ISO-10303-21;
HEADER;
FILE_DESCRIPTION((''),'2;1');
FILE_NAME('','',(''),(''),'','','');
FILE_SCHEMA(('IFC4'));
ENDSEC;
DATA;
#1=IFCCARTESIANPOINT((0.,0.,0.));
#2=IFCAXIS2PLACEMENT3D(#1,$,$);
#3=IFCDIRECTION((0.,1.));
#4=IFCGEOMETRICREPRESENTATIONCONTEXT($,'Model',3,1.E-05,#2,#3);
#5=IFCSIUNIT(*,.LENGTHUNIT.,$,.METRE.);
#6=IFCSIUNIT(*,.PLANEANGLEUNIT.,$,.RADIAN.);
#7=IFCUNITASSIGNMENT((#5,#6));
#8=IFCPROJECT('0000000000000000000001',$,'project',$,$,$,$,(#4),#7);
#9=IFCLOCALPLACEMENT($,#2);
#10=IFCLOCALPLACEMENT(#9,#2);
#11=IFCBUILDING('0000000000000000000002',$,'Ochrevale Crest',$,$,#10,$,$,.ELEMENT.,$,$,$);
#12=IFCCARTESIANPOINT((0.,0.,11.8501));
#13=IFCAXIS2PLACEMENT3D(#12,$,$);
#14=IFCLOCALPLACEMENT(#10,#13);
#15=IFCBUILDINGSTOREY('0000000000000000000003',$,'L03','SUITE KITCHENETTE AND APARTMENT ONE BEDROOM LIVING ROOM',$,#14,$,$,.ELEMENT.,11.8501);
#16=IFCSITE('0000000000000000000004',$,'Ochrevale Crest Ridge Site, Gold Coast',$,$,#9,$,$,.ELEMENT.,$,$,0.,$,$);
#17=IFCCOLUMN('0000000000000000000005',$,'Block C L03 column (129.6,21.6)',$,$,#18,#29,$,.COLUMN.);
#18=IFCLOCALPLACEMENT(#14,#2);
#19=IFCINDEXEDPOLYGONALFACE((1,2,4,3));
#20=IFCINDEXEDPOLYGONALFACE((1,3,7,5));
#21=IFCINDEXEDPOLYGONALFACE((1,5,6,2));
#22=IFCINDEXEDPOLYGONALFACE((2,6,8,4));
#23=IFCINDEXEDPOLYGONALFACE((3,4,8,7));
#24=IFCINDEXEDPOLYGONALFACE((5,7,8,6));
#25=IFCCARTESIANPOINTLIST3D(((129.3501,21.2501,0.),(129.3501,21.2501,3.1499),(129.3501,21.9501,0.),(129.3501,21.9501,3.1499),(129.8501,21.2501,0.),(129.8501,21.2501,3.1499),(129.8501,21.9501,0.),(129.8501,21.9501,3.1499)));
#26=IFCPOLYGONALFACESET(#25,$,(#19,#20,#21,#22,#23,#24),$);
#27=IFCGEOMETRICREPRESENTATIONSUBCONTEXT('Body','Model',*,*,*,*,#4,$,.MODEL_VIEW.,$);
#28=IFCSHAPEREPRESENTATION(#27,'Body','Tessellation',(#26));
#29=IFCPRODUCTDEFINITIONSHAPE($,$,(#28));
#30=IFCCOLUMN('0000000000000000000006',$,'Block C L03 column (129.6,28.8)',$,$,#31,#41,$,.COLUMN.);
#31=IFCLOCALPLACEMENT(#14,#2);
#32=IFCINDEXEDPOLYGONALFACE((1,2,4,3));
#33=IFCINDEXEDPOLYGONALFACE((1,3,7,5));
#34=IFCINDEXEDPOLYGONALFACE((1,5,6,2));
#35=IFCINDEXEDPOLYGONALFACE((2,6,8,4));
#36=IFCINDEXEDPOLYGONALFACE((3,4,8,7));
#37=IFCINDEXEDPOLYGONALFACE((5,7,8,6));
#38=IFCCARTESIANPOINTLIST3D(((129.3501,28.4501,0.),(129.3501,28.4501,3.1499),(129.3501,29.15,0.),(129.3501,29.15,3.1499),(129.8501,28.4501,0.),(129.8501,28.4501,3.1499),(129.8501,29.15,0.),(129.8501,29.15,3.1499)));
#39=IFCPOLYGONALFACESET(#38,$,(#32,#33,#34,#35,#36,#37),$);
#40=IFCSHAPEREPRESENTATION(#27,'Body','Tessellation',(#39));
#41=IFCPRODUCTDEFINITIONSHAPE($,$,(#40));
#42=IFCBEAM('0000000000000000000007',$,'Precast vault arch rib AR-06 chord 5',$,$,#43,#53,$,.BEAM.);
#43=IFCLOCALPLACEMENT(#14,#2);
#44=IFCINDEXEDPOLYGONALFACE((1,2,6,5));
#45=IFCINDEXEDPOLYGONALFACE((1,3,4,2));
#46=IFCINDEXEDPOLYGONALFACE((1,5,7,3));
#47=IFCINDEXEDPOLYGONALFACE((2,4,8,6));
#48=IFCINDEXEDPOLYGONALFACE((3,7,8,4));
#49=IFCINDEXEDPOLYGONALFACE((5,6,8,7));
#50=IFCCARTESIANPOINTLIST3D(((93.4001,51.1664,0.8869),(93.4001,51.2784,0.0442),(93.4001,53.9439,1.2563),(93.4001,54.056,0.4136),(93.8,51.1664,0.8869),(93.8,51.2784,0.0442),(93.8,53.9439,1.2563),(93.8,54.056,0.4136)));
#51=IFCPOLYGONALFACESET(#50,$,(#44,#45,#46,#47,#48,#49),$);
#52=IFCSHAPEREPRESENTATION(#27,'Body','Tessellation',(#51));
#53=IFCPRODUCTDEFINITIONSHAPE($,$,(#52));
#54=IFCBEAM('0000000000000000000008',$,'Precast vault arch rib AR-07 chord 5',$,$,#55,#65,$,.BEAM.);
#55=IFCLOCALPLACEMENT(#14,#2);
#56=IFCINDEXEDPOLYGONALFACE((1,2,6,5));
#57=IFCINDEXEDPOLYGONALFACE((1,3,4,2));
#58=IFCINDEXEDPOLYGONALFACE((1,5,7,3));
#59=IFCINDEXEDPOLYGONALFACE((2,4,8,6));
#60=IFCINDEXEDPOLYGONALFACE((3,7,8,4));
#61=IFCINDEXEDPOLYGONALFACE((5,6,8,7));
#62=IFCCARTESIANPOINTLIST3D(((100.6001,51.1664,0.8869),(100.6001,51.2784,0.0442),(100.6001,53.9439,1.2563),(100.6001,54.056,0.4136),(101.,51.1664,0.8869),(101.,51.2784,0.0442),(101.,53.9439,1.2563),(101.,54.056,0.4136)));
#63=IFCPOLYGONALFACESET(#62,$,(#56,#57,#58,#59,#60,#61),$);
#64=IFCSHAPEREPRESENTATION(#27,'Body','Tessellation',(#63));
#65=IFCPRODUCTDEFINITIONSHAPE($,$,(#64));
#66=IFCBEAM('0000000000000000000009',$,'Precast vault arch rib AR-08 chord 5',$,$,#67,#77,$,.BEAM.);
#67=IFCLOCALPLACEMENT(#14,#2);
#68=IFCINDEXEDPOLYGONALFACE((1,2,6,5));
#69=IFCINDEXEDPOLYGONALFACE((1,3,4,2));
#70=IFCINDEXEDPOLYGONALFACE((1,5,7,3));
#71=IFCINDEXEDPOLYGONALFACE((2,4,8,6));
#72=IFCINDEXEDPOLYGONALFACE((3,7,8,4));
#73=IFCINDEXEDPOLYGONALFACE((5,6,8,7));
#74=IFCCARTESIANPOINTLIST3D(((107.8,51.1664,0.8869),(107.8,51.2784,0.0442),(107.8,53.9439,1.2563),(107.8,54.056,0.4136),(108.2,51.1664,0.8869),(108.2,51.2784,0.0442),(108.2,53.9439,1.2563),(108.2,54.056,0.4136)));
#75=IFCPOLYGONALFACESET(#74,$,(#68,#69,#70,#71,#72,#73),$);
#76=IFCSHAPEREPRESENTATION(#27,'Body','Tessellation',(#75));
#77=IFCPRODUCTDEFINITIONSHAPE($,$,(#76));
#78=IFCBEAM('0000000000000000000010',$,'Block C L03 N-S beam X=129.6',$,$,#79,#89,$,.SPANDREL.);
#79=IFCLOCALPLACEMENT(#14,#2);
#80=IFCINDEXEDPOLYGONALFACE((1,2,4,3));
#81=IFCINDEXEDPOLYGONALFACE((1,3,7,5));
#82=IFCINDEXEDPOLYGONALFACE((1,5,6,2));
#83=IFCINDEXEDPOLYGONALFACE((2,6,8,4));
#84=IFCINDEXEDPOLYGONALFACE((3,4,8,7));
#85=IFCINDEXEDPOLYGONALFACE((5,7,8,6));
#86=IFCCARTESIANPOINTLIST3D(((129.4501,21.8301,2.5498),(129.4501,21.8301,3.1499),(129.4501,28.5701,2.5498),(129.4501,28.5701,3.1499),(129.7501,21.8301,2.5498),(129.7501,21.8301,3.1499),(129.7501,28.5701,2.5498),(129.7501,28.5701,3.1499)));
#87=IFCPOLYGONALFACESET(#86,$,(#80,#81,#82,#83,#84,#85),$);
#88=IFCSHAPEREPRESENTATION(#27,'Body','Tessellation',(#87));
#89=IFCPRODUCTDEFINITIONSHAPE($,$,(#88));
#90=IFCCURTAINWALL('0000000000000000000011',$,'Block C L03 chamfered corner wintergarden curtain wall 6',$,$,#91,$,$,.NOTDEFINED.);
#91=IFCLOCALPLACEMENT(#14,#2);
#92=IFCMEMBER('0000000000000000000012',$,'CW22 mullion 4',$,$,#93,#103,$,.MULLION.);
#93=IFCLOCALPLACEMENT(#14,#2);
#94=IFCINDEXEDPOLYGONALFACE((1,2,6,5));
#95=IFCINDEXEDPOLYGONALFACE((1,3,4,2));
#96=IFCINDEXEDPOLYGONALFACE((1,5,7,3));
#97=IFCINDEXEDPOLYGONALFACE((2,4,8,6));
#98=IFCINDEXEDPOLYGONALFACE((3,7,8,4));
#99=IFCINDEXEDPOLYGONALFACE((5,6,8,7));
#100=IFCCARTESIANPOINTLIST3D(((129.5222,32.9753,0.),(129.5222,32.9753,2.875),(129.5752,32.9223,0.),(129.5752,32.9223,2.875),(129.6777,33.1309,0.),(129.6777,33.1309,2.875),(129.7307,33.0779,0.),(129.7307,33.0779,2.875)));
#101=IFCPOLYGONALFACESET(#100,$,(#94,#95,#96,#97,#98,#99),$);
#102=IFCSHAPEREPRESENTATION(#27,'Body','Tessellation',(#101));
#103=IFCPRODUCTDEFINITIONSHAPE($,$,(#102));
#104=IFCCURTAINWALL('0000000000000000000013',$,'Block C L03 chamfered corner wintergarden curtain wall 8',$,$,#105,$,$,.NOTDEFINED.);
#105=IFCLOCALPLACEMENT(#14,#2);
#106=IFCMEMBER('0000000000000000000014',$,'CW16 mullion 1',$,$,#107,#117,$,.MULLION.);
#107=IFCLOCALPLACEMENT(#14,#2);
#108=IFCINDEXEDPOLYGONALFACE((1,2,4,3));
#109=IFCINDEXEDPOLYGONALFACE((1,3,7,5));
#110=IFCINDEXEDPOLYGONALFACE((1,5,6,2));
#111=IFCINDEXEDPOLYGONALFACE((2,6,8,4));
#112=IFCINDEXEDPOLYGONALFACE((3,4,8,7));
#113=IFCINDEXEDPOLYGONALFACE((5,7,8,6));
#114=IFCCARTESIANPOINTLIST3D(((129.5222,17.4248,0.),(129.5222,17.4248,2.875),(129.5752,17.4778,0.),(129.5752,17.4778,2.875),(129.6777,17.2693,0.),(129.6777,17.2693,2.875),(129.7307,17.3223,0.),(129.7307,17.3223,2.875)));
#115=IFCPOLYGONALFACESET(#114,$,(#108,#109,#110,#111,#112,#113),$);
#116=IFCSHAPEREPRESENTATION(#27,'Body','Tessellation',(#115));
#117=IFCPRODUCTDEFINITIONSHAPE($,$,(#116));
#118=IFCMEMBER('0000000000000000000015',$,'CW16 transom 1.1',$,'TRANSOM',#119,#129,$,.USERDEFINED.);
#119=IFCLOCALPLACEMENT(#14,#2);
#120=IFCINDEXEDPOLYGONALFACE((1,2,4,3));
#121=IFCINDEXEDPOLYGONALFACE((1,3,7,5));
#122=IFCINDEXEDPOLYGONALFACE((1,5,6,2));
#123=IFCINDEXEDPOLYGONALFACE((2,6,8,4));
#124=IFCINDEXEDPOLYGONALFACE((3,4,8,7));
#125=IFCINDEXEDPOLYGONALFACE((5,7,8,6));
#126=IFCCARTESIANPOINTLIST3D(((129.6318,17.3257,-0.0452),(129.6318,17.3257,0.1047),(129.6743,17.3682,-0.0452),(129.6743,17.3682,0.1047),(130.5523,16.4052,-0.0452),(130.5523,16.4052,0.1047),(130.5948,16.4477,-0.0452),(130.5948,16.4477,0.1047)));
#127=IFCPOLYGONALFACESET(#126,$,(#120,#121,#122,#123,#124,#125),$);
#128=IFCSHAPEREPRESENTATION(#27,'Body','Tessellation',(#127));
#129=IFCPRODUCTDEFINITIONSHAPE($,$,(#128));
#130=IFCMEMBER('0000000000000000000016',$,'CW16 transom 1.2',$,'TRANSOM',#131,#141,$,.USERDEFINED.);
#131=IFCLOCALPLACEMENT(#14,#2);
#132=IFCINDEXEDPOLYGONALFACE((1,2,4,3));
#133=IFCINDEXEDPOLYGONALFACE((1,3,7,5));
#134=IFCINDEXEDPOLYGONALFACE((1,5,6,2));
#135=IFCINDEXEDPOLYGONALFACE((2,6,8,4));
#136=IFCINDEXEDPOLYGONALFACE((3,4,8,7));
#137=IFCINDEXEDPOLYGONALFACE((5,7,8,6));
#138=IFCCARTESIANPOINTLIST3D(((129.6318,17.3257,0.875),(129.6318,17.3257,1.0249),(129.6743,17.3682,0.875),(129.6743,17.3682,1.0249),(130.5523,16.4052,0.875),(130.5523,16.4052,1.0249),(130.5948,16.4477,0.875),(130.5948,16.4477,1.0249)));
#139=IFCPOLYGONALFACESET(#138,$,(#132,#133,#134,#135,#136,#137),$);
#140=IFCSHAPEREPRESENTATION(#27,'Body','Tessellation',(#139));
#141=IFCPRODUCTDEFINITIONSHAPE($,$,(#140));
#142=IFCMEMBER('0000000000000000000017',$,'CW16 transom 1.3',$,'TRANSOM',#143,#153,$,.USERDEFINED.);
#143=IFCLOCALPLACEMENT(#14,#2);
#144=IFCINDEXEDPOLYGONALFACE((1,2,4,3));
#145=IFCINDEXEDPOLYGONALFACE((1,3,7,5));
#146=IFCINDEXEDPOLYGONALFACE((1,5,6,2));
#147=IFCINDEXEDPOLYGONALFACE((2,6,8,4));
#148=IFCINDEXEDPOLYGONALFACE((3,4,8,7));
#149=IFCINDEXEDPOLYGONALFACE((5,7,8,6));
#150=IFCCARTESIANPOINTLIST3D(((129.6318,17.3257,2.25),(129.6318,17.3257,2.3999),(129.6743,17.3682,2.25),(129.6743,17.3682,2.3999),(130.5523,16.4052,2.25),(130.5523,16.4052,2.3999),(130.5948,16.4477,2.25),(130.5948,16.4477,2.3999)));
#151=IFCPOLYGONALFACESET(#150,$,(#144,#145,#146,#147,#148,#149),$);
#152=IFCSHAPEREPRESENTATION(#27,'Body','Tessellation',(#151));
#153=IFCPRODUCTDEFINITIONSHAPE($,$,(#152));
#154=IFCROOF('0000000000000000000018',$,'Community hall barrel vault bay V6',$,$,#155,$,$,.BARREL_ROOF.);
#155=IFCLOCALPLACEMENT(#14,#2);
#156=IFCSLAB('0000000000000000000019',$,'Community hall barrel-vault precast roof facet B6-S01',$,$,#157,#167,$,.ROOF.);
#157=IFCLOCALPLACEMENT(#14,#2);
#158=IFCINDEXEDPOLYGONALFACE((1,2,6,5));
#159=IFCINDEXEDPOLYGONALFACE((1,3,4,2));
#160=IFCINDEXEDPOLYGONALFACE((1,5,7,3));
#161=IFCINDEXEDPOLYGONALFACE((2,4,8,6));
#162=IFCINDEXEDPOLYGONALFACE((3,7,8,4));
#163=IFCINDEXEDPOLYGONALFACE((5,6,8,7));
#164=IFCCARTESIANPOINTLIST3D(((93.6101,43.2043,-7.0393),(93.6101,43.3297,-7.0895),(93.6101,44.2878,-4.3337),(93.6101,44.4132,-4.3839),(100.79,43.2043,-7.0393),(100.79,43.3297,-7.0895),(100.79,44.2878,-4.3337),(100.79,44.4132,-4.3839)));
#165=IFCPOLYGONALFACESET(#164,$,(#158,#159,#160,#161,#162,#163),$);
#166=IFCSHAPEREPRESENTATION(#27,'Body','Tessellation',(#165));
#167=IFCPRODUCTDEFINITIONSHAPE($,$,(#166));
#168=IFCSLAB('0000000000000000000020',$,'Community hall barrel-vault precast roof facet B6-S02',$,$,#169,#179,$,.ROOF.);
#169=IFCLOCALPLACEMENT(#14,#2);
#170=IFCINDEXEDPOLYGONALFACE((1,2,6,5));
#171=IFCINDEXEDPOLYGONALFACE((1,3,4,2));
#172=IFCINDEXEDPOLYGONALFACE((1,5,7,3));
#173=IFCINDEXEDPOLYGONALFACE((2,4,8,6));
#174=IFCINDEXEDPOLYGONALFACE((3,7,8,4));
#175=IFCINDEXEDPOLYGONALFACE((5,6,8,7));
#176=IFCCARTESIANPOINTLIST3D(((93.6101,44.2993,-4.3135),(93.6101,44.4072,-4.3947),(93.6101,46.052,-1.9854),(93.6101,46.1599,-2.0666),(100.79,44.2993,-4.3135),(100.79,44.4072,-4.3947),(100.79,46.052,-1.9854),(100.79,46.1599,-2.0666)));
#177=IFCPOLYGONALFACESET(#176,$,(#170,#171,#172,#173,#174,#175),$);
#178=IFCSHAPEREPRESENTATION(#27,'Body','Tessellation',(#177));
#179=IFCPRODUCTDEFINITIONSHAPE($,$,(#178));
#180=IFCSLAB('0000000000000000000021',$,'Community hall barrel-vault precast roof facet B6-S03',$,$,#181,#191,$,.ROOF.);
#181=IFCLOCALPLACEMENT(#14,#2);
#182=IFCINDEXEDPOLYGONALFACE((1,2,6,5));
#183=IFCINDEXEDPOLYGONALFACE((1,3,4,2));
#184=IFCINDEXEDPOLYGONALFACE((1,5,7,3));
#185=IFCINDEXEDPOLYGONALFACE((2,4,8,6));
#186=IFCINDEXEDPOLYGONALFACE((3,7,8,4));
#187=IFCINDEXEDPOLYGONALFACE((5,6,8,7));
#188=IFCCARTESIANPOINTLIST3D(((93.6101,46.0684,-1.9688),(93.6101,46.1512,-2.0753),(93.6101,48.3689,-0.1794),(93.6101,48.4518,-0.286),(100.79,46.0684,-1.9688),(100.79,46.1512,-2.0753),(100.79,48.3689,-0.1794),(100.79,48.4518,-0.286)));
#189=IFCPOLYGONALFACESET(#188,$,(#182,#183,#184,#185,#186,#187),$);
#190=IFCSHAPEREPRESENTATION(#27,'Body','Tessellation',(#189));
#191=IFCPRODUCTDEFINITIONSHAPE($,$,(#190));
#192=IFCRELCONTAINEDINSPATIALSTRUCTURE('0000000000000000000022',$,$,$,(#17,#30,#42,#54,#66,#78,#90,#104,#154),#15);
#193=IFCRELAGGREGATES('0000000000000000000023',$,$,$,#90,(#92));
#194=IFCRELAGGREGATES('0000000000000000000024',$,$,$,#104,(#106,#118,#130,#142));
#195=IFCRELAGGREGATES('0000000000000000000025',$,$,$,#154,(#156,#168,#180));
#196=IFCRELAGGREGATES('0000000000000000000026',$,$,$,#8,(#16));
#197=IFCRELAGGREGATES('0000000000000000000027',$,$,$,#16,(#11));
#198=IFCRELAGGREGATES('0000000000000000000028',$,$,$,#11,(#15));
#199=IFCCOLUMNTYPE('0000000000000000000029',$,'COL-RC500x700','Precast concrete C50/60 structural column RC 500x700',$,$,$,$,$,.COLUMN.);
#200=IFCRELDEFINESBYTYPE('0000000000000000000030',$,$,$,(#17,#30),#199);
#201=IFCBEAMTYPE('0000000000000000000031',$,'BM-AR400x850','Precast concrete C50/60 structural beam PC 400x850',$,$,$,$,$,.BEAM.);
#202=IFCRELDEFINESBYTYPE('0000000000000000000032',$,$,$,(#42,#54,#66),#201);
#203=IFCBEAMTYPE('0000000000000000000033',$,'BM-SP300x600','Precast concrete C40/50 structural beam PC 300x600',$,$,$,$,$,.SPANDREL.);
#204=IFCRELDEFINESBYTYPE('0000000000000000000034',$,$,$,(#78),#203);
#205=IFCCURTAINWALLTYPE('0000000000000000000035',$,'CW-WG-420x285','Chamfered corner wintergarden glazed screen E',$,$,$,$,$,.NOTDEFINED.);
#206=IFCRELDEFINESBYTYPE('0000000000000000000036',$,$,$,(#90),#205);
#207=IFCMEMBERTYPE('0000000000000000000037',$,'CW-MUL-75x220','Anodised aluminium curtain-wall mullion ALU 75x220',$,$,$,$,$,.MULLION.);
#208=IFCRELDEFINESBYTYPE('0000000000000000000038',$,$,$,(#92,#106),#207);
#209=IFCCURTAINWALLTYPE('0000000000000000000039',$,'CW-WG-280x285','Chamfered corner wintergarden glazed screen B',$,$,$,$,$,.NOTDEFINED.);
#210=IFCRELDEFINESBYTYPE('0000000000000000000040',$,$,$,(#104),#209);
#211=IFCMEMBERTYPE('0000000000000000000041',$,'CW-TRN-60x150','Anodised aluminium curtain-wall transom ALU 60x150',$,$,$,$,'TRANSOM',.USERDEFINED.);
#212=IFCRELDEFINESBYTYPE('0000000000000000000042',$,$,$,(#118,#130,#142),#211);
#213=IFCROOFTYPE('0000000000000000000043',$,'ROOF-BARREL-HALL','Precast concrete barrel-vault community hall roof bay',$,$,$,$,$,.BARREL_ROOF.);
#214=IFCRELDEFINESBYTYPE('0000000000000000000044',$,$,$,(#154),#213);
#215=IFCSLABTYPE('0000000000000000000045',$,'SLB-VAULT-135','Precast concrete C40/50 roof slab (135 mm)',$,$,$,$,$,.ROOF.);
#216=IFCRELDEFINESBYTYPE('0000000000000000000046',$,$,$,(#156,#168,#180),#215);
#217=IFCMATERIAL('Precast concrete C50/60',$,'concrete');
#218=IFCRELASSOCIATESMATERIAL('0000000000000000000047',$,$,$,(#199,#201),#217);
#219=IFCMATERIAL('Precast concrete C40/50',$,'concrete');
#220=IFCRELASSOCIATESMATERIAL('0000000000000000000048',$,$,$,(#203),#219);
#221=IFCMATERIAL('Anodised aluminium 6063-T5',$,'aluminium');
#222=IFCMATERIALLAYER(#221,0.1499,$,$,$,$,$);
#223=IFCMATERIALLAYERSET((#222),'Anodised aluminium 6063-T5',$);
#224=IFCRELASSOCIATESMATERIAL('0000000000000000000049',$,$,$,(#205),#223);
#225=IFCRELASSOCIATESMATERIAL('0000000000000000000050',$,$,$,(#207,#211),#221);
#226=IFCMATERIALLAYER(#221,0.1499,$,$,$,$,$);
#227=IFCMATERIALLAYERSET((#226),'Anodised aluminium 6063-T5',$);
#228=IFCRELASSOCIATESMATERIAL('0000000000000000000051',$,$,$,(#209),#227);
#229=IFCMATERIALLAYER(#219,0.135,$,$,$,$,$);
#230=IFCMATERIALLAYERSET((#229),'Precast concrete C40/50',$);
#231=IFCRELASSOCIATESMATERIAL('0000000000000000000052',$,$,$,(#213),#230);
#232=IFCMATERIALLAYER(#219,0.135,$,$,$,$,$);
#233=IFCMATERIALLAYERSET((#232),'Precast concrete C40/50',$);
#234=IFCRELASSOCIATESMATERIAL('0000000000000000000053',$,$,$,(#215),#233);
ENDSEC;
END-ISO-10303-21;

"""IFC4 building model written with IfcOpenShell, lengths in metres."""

from ifc_helpers import new_model, si_unit, direction, frame, origin, origin_2d, place, context, subcontext, project, spatial, polyline, rectangle, outline, extrude, material, layer, layer_set, material_profile, profile_set, type_object, element, aggregate, save


model = new_model("IFC4")

# Units and contexts
model_context = context("Model", 3, precision=1e-05, world=origin(), true_north=direction((0.0, 1.0)))
body_context = subcontext(model_context, "Body", "Model", "MODEL_VIEW")
ifc_project = project(units=[si_unit("LENGTHUNIT", "METRE"), si_unit("PLANEANGLEUNIT", "RADIAN")], contexts=[model_context])

# Site, building, storey
site_placement = place(None, origin())
site = spatial("IfcSite", under=ifc_project, at=site_placement, Name="Ochrevale Crest Ridge Site, Gold Coast", CompositionType="ELEMENT", RefElevation=0.0)
building_placement = place(site_placement, origin())
building = spatial("IfcBuilding", under=site, at=building_placement, Name="Ochrevale Crest", CompositionType="ELEMENT")
storey_placement = place(building_placement, frame((0.0, 0.0, 11.8501)))
storey = spatial("IfcBuildingStorey", under=building, at=storey_placement, Name="L03", Description="SUITE KITCHENETTE AND APARTMENT ONE BEDROOM LIVING ROOM", CompositionType="ELEMENT", Elevation=11.8501)

# Columns
ifc_material_1 = material(Name="Precast concrete C50/60", Category="concrete")
ifc_material_profile_1 = material_profile(ifc_material_1, rectangle(XDim=0.5, YDim=0.7, at=origin_2d()), Name="RC 500x700")
ifc_profile_set_1 = profile_set([ifc_material_profile_1], Name="Precast concrete C50/60")
column_type = type_object("IfcColumnType", Name="COL-RC500x700", Description="Precast concrete C50/60 structural column RC 500x700", PredefinedType="COLUMN", material=ifc_profile_set_1)
for number, where, z_axis, x_axis, name in (
    (1, (129.6001, 21.6001, 0.0), (0.0, 0.0, 1.0), (1.0, 0.0, 0.0), "Block C L03 column (129.6,21.6)"),
    (2, (129.6001, 28.8, 0.0), (0.0, 0.0, 1.0), (1.0, 0.0, 0.0), "Block C L03 column (129.6,28.8)"),
):
    element("IfcColumn", number, at=place(storey_placement, frame(where, z_axis=z_axis, x_axis=x_axis)), inside=storey, type_object=column_type, Name=name, PredefinedType="COLUMN", context=body_context, shape_type="SweptSolid", body=[
        extrude(rectangle(XDim=0.5, YDim=0.7, at=origin_2d()), origin(), (0.0, 0.0, 1.0), 3.1499),
    ])

# Beams
ifc_material_profile_2 = material_profile(ifc_material_1, rectangle(XDim=0.3999, YDim=0.8501, at=origin_2d()), Name="PC 400x850")
ifc_profile_set_2 = profile_set([ifc_material_profile_2], Name="Precast concrete C50/60")
beam_type_1 = type_object("IfcBeamType", Name="BM-AR400x850", Description="Precast concrete C50/60 structural beam PC 400x850", PredefinedType="BEAM", material=ifc_profile_set_2)
for number, where, z_axis, x_axis, name in (
    (3, (93.6001, 51.2224, 0.4656), (0.0, 0.991273, 0.131827), (-1.0, 0.0, 0.0), "Precast vault arch rib AR-06 chord 5"),
    (4, (100.8, 51.2224, 0.4656), (0.0, 0.991273, 0.131827), (-1.0, 0.0, 0.0), "Precast vault arch rib AR-07 chord 5"),
    (5, (108.0, 51.2224, 0.4656), (0.0, 0.991273, 0.131827), (-1.0, 0.0, 0.0), "Precast vault arch rib AR-08 chord 5"),
):
    element("IfcBeam", number, at=place(storey_placement, frame(where, z_axis=z_axis, x_axis=x_axis)), inside=storey, type_object=beam_type_1, Name=name, PredefinedType="BEAM", context=body_context, shape_type="SweptSolid", body=[
        extrude(rectangle(XDim=0.3999, YDim=0.8501, at=origin_2d()), origin(), (0.0, 0.0, 1.0), 2.802),
    ])
ifc_material_2 = material(Name="Precast concrete C40/50", Category="concrete")
ifc_material_profile_3 = material_profile(ifc_material_2, rectangle(XDim=0.3, YDim=0.6001, at=origin_2d()), Name="PC 300x600")
ifc_profile_set_3 = profile_set([ifc_material_profile_3], Name="Precast concrete C40/50")
beam_type_2 = type_object("IfcBeamType", Name="BM-SP300x600", Description="Precast concrete C40/50 structural beam PC 300x600", PredefinedType="SPANDREL", material=ifc_profile_set_3)
beam_placement = place(storey_placement, frame((129.6001, 21.8301, 2.8499), z_axis=(0.0, 1.0, 0.0), x_axis=(-1.0, 0.0, 0.0)))
element("IfcBeam", 6, at=beam_placement, inside=storey, type_object=beam_type_2, Name="Block C L03 N-S beam X=129.6", PredefinedType="SPANDREL", context=body_context, shape_type="SweptSolid", body=[
    extrude(rectangle(XDim=0.3, YDim=0.6001, at=origin_2d()), origin(), (0.0, 0.0, 1.0), 6.74),
])

# Curtain wall, member
ifc_material_3 = material(Name="Anodised aluminium 6063-T5", Category="aluminium")
ifc_layer_1 = layer(ifc_material_3, 0.1499)
ifc_layer_set_1 = layer_set([ifc_layer_1], Name="Anodised aluminium 6063-T5")
curtain_wall_type_1 = type_object("IfcCurtainWallType", Name="CW-WG-420x285", Description="Chamfered corner wintergarden glazed screen E", PredefinedType="NOTDEFINED", material=ifc_layer_set_1)
curtain_wall_1_placement = place(storey_placement, origin())
curtain_wall_1 = element("IfcCurtainWall", 7, at=curtain_wall_1_placement, inside=storey, type_object=curtain_wall_type_1, Name="Block C L03 chamfered corner wintergarden curtain wall 6", PredefinedType="NOTDEFINED")
ifc_material_profile_4 = material_profile(ifc_material_3, rectangle(XDim=0.075, YDim=0.22, at=origin_2d()), Name="ALU 75x220")
ifc_profile_set_4 = profile_set([ifc_material_profile_4], Name="Anodised aluminium 6063-T5")
member_type_1 = type_object("IfcMemberType", Name="CW-MUL-75x220", Description="Anodised aluminium curtain-wall mullion ALU 75x220", PredefinedType="MULLION", material=ifc_profile_set_4)
member_1_placement = place(storey_placement, frame((129.6265, 33.0266, 0.0), z_axis=(0.0, 0.0, 1.0), x_axis=(0.707107, -0.707107, 0.0)))
member_1 = element("IfcMember", 8, at=member_1_placement, type_object=member_type_1, Name="CW22 mullion 4", PredefinedType="MULLION", context=body_context, shape_type="SweptSolid", body=[
    extrude(rectangle(XDim=0.075, YDim=0.22, at=origin_2d()), origin(), (0.0, 0.0, 1.0), 2.875),
])
aggregate(curtain_wall_1, [member_1])

# Curtain wall, members
ifc_layer_2 = layer(ifc_material_3, 0.1499)
ifc_layer_set_2 = layer_set([ifc_layer_2], Name="Anodised aluminium 6063-T5")
curtain_wall_type_2 = type_object("IfcCurtainWallType", Name="CW-WG-280x285", Description="Chamfered corner wintergarden glazed screen B", PredefinedType="NOTDEFINED", material=ifc_layer_set_2)
curtain_wall_2_placement = place(storey_placement, origin())
curtain_wall_2 = element("IfcCurtainWall", 9, at=curtain_wall_2_placement, inside=storey, type_object=curtain_wall_type_2, Name="Block C L03 chamfered corner wintergarden curtain wall 8", PredefinedType="NOTDEFINED")
member_2_placement = place(storey_placement, frame((129.6265, 17.3735, 0.0), z_axis=(0.0, 0.0, 1.0), x_axis=(0.707107, 0.707107, 0.0)))
member_2 = element("IfcMember", 10, at=member_2_placement, type_object=member_type_1, Name="CW16 mullion 1", PredefinedType="MULLION", context=body_context, shape_type="SweptSolid", body=[
    extrude(rectangle(XDim=0.075, YDim=0.22, at=origin_2d()), origin(), (0.0, 0.0, 1.0), 2.875),
])
ifc_material_profile_5 = material_profile(ifc_material_3, rectangle(XDim=0.0601, YDim=0.1499, at=origin_2d()), Name="ALU 60x150")
ifc_profile_set_5 = profile_set([ifc_material_profile_5], Name="Anodised aluminium 6063-T5")
member_type_2 = type_object("IfcMemberType", Name="CW-TRN-60x150", Description="Anodised aluminium curtain-wall transom ALU 60x150", ElementType="TRANSOM", PredefinedType="USERDEFINED", material=ifc_profile_set_5)
member_3_placement = place(storey_placement, frame((129.6531, 17.3469, 0.0298), z_axis=(0.707107, -0.707107, 0.0), x_axis=(0.707107, 0.707107, 0.0)))
member_3 = element("IfcMember", 11, at=member_3_placement, type_object=member_type_2, Name="CW16 transom 1.1", ObjectType="TRANSOM", PredefinedType="USERDEFINED", context=body_context, shape_type="SweptSolid", body=[
    extrude(rectangle(XDim=0.0601, YDim=0.1499, at=origin_2d()), origin(), (0.0, 0.0, 1.0), 1.3018),
])
member_4_placement = place(storey_placement, frame((129.6531, 17.3469, 0.95), z_axis=(0.707107, -0.707107, 0.0), x_axis=(0.707107, 0.707107, 0.0)))
member_4 = element("IfcMember", 12, at=member_4_placement, type_object=member_type_2, Name="CW16 transom 1.2", ObjectType="TRANSOM", PredefinedType="USERDEFINED", context=body_context, shape_type="SweptSolid", body=[
    extrude(rectangle(XDim=0.0601, YDim=0.1499, at=origin_2d()), origin(), (0.0, 0.0, 1.0), 1.3018),
])
member_5_placement = place(storey_placement, frame((129.6531, 17.3469, 2.325), z_axis=(0.707107, -0.707107, 0.0), x_axis=(0.707107, 0.707107, 0.0)))
member_5 = element("IfcMember", 13, at=member_5_placement, type_object=member_type_2, Name="CW16 transom 1.3", ObjectType="TRANSOM", PredefinedType="USERDEFINED", context=body_context, shape_type="SweptSolid", body=[
    extrude(rectangle(XDim=0.0601, YDim=0.1499, at=origin_2d()), origin(), (0.0, 0.0, 1.0), 1.3018),
])
aggregate(curtain_wall_2, [member_2, member_3, member_4, member_5])

# Roof, slabs
ifc_layer_3 = layer(ifc_material_2, 0.135)
ifc_layer_set_3 = layer_set([ifc_layer_3], Name="Precast concrete C40/50")
roof_type = type_object("IfcRoofType", Name="ROOF-BARREL-HALL", Description="Precast concrete barrel-vault community hall roof bay", PredefinedType="BARREL_ROOF", material=ifc_layer_set_3)
roof_1_placement = place(storey_placement, origin())
roof_1 = element("IfcRoof", 14, at=roof_1_placement, inside=storey, type_object=roof_type, Name="Community hall barrel vault bay V6", PredefinedType="BARREL_ROOF")
ifc_layer_4 = layer(ifc_material_2, 0.135)
ifc_layer_set_4 = layer_set([ifc_layer_4], Name="Precast concrete C40/50")
slab_type = type_object("IfcSlabType", Name="SLB-VAULT-135", Description="Precast concrete C40/50 roof slab (135 mm)", PredefinedType="ROOF", material=ifc_layer_set_4)
slab_1_placement = place(storey_placement, frame((93.6101, 43.2043, -7.0393), z_axis=(0.0, -0.928326, 0.371766), x_axis=(1.0, 0.0, 0.0)))
slab_1 = element("IfcSlab", 15, at=slab_1_placement, type_object=slab_type, Name="Community hall barrel-vault precast roof facet B6-S01", PredefinedType="ROOF", context=body_context, shape_type="SweptSolid", body=[
    extrude(outline(polyline([(0.0, 0.0), (7.1799, 0.0), (7.1799, 2.9145), (0.0, 2.9145), (0.0, 0.0)])), origin(), (0.0, 0.0, -1.0), 0.135),
])
slab_2_placement = place(storey_placement, frame((93.6101, 44.2993, -4.3135), z_axis=(0.0, -0.798913, 0.601447), x_axis=(1.0, 0.0, 0.0)))
slab_2 = element("IfcSlab", 16, at=slab_2_placement, type_object=slab_type, Name="Community hall barrel-vault precast roof facet B6-S02", PredefinedType="ROOF", context=body_context, shape_type="SweptSolid", body=[
    extrude(outline(polyline([(0.0, 0.0), (7.1799, 0.0), (7.1799, 2.9141), (0.0, 2.9141), (0.0, 0.0)])), origin(), (0.0, 0.0, -1.0), 0.135),
])
slab_3_placement = place(storey_placement, frame((93.6101, 46.0684, -1.9688), z_axis=(0.0, -0.613941, 0.789352), x_axis=(1.0, 0.0, 0.0)))
slab_3 = element("IfcSlab", 17, at=slab_3_placement, type_object=slab_type, Name="Community hall barrel-vault precast roof facet B6-S03", PredefinedType="ROOF", context=body_context, shape_type="SweptSolid", body=[
    extrude(outline(polyline([(0.0, 0.0), (7.1799, 0.0), (7.1799, 2.9145), (0.0, 2.9145), (0.0, 0.0)])), origin(), (0.0, 0.0, -1.0), 0.135),
])
aggregate(roof_1, [slab_1, slab_2, slab_3])

save(model, "model.ifc")
